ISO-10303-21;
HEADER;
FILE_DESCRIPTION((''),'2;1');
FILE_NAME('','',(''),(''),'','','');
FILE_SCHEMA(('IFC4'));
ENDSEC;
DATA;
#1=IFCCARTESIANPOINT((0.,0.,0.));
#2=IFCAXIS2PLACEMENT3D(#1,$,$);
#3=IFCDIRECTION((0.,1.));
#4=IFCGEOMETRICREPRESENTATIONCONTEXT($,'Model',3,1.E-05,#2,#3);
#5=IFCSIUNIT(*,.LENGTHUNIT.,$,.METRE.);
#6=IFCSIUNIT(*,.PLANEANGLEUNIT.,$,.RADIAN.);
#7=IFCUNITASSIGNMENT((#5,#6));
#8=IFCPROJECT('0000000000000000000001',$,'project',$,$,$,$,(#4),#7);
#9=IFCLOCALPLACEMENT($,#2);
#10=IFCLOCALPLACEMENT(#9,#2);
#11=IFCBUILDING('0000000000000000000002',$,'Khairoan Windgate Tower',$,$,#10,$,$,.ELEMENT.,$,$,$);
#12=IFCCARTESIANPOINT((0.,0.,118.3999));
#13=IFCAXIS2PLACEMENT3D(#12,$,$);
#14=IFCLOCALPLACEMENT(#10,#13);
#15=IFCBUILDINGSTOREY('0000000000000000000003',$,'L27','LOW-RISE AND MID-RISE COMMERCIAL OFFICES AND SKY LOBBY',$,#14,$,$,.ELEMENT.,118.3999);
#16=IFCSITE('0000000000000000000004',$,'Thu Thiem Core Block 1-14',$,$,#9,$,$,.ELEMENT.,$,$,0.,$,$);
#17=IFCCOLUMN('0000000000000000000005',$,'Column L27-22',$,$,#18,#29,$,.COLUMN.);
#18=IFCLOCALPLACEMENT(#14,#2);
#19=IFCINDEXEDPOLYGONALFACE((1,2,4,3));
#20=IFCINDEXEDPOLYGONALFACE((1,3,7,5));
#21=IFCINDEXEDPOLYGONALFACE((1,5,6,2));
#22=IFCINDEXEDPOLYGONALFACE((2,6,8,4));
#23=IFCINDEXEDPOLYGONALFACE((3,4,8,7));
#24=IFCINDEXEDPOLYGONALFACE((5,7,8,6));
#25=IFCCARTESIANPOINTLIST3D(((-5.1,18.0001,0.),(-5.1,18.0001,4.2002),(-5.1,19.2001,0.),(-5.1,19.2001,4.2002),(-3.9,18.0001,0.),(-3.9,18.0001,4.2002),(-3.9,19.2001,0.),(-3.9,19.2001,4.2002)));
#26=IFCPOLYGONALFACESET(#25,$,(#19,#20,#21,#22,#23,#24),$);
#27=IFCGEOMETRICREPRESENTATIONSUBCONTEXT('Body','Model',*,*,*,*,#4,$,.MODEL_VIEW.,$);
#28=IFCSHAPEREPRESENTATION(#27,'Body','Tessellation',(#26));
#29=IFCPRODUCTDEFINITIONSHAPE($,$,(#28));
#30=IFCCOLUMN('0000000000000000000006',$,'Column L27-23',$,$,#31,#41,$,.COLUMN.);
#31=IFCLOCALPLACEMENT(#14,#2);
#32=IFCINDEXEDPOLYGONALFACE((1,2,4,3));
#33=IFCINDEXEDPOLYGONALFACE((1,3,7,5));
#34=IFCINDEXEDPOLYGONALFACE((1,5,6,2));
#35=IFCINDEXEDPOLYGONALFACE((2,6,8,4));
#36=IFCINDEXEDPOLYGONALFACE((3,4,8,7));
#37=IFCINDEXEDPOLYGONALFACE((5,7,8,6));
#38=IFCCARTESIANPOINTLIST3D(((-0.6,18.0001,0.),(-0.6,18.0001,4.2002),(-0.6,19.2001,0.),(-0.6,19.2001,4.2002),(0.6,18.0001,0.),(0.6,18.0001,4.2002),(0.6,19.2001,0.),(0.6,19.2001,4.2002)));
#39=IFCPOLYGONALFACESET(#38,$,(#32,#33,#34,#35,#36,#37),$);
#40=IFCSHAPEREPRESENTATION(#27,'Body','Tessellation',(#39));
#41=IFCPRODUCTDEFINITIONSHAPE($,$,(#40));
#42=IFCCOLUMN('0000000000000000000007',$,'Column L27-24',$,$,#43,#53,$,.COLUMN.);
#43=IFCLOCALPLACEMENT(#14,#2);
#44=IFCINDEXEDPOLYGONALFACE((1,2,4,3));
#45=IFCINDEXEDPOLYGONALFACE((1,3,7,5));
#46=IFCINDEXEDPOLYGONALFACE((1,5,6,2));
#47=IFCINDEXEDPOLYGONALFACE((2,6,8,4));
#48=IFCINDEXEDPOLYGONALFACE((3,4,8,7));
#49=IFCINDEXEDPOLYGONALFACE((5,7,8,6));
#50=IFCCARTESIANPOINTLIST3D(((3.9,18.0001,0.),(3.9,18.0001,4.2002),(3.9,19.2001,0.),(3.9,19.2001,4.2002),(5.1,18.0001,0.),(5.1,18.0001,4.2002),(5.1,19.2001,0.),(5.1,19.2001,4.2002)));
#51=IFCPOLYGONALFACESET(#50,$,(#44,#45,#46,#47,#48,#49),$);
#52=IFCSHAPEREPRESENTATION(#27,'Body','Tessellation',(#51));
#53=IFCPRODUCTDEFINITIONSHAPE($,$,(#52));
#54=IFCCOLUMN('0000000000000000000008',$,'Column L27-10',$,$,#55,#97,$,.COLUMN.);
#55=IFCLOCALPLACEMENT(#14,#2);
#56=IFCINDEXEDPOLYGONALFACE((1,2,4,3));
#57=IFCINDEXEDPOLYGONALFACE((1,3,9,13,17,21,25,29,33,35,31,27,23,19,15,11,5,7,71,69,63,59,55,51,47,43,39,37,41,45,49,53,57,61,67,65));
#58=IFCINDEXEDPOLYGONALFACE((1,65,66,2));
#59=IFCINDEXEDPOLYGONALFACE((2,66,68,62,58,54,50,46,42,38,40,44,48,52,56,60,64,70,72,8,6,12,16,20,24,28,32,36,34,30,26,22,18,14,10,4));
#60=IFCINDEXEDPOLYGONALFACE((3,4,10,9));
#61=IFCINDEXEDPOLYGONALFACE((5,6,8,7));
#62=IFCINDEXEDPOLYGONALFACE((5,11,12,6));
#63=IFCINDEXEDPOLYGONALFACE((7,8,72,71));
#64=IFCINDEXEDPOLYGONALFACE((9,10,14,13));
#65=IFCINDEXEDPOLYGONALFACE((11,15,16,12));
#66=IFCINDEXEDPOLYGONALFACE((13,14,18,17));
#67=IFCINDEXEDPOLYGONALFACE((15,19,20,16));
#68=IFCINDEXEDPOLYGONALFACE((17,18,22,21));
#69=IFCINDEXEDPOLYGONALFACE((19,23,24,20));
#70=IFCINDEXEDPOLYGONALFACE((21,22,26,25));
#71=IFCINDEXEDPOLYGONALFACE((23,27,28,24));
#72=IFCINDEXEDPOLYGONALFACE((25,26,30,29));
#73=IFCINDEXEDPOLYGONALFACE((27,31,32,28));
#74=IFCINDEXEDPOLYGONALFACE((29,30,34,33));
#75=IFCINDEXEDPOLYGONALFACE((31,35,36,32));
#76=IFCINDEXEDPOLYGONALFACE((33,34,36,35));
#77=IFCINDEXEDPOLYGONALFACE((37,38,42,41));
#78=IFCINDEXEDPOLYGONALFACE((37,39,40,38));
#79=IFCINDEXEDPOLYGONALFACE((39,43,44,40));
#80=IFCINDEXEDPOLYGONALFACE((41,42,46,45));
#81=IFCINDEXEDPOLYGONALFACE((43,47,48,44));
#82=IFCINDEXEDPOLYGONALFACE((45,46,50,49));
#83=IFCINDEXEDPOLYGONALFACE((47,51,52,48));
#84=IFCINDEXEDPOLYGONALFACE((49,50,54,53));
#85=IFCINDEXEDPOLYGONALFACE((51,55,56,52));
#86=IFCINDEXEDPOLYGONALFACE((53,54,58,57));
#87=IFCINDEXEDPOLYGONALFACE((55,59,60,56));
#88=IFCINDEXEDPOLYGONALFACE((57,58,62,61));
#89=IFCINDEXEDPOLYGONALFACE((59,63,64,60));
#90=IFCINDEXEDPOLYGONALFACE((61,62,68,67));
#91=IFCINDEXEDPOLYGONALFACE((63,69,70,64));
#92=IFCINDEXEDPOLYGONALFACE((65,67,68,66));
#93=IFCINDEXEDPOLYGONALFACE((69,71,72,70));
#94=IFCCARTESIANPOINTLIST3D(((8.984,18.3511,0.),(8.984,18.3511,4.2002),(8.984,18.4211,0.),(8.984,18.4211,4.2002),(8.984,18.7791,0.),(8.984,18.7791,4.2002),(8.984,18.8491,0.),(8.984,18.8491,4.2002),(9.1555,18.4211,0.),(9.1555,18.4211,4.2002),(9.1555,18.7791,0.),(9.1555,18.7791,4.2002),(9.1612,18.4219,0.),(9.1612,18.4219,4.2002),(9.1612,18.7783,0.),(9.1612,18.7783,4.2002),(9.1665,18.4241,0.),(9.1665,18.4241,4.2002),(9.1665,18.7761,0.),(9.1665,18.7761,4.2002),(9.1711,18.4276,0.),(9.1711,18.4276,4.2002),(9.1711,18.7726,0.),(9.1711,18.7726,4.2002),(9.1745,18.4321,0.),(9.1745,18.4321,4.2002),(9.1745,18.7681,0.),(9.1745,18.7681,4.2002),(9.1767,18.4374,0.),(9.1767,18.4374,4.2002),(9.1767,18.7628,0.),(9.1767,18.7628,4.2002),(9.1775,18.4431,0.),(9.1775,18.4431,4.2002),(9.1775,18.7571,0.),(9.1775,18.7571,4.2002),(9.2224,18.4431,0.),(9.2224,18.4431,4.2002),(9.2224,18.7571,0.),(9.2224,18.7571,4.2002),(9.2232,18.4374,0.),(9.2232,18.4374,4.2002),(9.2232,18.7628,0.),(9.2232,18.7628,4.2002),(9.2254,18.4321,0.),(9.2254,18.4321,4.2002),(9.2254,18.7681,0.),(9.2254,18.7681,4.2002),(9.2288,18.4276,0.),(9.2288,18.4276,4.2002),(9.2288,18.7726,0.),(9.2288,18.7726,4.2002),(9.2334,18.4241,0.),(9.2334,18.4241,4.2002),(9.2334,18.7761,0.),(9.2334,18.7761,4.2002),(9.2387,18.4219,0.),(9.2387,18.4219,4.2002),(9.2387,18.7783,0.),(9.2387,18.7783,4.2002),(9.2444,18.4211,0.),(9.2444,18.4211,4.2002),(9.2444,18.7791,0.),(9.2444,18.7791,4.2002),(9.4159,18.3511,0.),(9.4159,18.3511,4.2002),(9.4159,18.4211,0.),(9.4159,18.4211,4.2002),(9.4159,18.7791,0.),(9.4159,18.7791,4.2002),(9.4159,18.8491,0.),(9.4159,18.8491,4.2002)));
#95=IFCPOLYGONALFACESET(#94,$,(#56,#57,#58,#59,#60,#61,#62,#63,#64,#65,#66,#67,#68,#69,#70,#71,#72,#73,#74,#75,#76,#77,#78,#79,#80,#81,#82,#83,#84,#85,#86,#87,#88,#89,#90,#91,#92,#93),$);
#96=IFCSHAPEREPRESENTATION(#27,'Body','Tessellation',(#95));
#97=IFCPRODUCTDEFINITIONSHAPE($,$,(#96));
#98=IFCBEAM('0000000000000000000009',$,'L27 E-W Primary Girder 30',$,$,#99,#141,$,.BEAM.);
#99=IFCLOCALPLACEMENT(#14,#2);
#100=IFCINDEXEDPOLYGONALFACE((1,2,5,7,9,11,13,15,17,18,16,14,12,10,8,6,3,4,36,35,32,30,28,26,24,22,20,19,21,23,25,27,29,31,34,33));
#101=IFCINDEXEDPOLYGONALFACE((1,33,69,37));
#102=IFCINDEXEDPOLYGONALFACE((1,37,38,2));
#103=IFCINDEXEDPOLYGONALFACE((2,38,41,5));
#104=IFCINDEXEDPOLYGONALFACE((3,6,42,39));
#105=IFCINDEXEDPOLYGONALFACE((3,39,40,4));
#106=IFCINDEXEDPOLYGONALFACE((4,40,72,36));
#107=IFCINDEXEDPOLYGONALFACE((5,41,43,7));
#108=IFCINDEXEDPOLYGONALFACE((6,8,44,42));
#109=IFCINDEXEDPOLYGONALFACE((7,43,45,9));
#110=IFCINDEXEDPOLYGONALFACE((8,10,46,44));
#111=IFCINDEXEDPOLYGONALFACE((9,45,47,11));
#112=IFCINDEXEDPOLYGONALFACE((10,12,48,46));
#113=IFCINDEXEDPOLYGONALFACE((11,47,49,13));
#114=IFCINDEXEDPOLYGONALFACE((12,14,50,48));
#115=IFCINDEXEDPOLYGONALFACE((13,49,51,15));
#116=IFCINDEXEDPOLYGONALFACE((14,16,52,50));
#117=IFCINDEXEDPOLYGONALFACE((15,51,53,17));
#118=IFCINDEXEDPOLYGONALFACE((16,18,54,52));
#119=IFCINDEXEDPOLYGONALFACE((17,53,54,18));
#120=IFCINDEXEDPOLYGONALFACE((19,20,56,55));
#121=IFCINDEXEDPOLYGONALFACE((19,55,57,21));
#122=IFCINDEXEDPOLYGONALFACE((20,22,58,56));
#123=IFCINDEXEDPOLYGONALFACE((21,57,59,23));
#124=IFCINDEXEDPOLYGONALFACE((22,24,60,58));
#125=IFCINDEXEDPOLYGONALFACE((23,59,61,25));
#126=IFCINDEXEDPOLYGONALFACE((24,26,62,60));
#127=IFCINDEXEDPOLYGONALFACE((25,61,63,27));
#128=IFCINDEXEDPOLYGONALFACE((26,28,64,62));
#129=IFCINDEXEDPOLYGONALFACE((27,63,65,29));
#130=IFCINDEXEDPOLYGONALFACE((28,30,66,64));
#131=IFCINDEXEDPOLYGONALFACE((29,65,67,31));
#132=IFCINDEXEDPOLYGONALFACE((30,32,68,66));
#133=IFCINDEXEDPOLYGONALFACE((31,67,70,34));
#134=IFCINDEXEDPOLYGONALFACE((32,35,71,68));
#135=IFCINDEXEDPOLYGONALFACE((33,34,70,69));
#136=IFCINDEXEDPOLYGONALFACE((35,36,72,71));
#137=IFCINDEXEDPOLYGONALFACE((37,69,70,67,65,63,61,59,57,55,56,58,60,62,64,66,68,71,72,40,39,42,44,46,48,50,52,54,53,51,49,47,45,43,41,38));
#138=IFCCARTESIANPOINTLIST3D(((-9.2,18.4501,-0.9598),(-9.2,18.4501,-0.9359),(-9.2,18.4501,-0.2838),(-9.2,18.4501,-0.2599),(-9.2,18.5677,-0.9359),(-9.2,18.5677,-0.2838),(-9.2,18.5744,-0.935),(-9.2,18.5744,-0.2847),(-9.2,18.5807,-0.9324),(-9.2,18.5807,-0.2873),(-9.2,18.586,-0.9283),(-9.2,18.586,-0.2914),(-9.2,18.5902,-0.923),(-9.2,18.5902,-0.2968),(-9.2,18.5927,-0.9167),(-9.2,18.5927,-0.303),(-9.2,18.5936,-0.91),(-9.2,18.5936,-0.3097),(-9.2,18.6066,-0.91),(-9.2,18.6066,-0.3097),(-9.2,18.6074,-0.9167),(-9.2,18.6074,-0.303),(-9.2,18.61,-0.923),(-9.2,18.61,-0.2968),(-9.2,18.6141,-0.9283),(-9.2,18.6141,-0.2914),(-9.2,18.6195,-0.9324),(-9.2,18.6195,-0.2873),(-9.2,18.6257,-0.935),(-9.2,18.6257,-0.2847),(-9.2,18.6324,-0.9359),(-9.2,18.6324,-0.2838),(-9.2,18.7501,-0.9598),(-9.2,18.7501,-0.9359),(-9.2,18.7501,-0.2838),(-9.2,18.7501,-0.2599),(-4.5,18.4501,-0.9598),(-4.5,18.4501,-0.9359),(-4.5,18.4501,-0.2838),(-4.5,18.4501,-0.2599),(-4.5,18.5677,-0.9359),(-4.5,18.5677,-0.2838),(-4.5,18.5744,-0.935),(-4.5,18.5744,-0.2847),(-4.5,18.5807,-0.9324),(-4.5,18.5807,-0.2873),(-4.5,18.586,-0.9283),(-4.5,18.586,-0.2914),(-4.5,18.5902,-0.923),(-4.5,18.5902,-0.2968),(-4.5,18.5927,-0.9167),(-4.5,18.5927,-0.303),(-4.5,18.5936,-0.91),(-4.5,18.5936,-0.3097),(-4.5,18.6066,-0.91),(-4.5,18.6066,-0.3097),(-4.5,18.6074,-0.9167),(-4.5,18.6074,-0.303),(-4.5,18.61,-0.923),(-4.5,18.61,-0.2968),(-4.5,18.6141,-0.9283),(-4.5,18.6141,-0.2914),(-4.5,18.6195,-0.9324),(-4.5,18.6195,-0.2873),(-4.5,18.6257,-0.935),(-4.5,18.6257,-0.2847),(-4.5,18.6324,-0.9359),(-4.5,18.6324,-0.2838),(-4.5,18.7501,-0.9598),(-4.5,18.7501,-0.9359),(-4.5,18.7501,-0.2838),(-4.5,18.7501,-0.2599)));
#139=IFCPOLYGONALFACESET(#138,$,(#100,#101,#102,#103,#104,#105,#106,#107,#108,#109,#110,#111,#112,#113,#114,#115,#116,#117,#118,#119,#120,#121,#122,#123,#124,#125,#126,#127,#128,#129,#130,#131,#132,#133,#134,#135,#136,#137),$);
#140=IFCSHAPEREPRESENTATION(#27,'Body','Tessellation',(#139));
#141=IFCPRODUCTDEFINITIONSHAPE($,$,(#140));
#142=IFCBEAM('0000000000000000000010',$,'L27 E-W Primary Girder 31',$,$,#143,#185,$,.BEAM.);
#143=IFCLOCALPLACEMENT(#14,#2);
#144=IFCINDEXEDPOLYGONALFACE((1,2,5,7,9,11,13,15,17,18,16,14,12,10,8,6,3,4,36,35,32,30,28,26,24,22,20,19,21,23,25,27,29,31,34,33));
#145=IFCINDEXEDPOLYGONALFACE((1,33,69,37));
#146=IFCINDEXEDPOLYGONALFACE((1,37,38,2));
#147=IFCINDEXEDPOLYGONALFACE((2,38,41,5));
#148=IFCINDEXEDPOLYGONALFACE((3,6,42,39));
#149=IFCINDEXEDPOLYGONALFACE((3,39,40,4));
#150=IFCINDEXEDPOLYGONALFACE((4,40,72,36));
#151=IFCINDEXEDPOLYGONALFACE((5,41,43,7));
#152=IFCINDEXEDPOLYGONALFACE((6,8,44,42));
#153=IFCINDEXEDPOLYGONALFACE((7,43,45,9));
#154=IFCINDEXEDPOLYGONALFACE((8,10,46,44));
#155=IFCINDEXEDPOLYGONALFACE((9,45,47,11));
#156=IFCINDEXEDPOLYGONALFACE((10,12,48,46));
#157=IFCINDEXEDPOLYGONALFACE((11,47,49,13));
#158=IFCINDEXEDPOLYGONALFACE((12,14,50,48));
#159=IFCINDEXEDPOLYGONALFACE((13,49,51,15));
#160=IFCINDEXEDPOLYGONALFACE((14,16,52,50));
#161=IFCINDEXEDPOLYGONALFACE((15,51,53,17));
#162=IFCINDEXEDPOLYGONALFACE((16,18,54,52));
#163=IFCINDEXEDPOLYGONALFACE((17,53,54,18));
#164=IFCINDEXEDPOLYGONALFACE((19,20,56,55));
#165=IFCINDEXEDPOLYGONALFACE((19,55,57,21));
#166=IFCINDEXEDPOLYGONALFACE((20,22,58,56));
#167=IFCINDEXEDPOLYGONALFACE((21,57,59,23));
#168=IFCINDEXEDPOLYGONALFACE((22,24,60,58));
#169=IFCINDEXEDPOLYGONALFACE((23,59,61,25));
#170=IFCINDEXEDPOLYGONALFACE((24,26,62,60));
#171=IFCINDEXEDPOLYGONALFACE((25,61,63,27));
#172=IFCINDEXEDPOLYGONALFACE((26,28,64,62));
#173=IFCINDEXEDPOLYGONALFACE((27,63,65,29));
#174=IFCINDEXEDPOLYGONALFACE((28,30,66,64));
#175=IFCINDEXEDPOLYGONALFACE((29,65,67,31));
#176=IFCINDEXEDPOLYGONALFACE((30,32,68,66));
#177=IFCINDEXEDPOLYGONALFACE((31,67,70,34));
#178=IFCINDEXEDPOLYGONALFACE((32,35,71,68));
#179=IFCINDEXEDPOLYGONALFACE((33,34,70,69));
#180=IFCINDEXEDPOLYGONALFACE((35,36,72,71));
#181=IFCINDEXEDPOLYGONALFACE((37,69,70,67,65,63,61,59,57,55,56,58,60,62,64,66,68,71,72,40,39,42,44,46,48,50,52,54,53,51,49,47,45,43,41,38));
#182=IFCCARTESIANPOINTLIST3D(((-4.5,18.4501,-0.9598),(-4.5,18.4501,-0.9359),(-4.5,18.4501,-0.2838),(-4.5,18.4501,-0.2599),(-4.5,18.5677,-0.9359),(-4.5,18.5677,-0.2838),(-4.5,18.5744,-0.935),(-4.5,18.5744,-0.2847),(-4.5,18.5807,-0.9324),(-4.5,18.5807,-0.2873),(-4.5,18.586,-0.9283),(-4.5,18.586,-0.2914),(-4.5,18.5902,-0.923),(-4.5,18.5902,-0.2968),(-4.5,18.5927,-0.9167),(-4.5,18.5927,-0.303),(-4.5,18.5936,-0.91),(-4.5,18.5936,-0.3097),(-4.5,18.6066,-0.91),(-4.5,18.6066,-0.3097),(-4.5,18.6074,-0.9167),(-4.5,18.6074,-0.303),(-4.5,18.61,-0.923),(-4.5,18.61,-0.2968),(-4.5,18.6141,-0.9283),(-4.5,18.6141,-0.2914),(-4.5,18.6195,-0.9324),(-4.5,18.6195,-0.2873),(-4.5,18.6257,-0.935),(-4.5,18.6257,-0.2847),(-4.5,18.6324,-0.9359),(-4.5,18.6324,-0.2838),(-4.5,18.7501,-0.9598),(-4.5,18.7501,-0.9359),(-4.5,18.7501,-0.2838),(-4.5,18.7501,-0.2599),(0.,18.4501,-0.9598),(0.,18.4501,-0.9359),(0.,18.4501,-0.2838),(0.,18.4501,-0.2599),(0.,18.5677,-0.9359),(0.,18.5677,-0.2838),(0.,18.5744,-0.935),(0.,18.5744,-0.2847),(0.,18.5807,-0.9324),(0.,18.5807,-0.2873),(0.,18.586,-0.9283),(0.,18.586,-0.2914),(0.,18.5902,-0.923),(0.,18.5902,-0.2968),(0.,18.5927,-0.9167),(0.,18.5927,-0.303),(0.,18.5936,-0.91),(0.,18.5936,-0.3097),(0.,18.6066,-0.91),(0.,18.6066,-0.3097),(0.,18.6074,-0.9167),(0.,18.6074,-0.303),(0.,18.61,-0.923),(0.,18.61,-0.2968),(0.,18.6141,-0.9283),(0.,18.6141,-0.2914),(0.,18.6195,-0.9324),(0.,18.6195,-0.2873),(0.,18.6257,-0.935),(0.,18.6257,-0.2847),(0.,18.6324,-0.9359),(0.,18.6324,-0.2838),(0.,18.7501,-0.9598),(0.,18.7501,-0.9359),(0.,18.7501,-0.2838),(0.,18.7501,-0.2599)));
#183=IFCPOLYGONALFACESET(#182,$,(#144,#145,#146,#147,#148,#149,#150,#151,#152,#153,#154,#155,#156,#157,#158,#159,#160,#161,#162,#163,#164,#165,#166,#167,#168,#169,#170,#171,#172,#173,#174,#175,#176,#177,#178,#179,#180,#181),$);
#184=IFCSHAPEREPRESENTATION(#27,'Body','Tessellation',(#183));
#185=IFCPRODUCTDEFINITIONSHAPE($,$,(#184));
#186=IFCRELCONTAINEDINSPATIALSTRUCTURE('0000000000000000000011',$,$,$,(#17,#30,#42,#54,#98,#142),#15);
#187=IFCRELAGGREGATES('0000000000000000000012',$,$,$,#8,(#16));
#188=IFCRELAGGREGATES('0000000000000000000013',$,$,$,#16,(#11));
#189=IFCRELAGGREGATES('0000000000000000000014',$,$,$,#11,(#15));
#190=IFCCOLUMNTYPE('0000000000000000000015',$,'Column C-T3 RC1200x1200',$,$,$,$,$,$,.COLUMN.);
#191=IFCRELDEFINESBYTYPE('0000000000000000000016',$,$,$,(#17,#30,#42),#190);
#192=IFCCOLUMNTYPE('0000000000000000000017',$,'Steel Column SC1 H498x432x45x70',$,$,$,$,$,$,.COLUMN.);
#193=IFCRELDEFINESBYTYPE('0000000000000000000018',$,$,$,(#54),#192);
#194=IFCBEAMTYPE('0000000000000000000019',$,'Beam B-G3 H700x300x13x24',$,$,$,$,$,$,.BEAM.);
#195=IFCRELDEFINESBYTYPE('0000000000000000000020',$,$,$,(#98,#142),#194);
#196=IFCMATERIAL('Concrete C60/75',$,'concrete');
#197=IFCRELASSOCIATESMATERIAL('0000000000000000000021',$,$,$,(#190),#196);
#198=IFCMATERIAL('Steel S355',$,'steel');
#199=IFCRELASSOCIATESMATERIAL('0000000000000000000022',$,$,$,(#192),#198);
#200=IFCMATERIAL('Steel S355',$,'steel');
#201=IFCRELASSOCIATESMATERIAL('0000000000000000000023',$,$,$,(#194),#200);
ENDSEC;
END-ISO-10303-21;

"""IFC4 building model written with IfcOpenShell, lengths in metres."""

from ifc_helpers import new_model, si_unit, direction, frame, origin, origin_2d, place, context, subcontext, project, spatial, rectangle, i_section, extrude, material, material_profile, profile_set, type_object, element, save


model = new_model("IFC4")

# Units and contexts
model_context = context("Model", 3, precision=1e-05, world=origin(), true_north=direction((0.0, 1.0)))
body_context = subcontext(model_context, "Body", "Model", "MODEL_VIEW")
ifc_project = project(units=[si_unit("LENGTHUNIT", "METRE"), si_unit("PLANEANGLEUNIT", "RADIAN")], contexts=[model_context])

# Site, building, storey
site_placement = place(None, origin())
site = spatial("IfcSite", under=ifc_project, at=site_placement, Name="Thu Thiem Core Block 1-14", CompositionType="ELEMENT", RefElevation=0.0)
building_placement = place(site_placement, origin())
building = spatial("IfcBuilding", under=site, at=building_placement, Name="Khairoan Windgate Tower", CompositionType="ELEMENT")
storey_placement = place(building_placement, frame((0.0, 0.0, 118.3999)))
storey = spatial("IfcBuildingStorey", under=building, at=storey_placement, Name="L27", Description="LOW-RISE AND MID-RISE COMMERCIAL OFFICES AND SKY LOBBY", CompositionType="ELEMENT", Elevation=118.3999)

# Columns
ifc_material_1 = material(Name="Concrete C60/75", Category="concrete")
ifc_material_profile_1 = material_profile(ifc_material_1, rectangle(XDim=1.2, YDim=1.2, at=origin_2d()))
ifc_profile_set_1 = profile_set([ifc_material_profile_1], Name="Concrete C60/75")
column_type_1 = type_object("IfcColumnType", Name="Column C-T3 RC1200x1200", PredefinedType="COLUMN", material=ifc_profile_set_1)
for number, where, z_axis, x_axis, name in (
    (1, (-4.5, 18.6001, 0.0), (0.0, 0.0, 1.0), (1.0, 0.0, 0.0), "Column L27-22"),
    (2, (0.0, 18.6001, 0.0), (0.0, 0.0, 1.0), (1.0, 0.0, 0.0), "Column L27-23"),
    (3, (4.5, 18.6001, 0.0), (0.0, 0.0, 1.0), (1.0, 0.0, 0.0), "Column L27-24"),
):
    element("IfcColumn", number, at=place(storey_placement, frame(where, z_axis=z_axis, x_axis=x_axis)), inside=storey, type_object=column_type_1, Name=name, PredefinedType="COLUMN", context=body_context, shape_type="SweptSolid", body=[
        extrude(rectangle(XDim=1.2, YDim=1.2, at=origin_2d()), origin(), (0.0, 0.0, 1.0), 4.2002),
    ])
ifc_material_2 = material(Name="Steel S355", Category="steel")
ifc_material_profile_2 = material_profile(ifc_material_2, i_section(OverallWidth=0.4319, OverallDepth=0.498, WebThickness=0.0449, FlangeThickness=0.0701, FilletRadius=0.022, at=origin_2d()))
ifc_profile_set_2 = profile_set([ifc_material_profile_2], Name="Steel S355")
column_type_2 = type_object("IfcColumnType", Name="Steel Column SC1 H498x432x45x70", PredefinedType="COLUMN", material=ifc_profile_set_2)
column_placement = place(storey_placement, frame((9.2, 18.6001, 0.0), z_axis=(0.0, 0.0, 1.0), x_axis=(1.0, 0.0, 0.0)))
element("IfcColumn", 4, at=column_placement, inside=storey, type_object=column_type_2, Name="Column L27-10", PredefinedType="COLUMN", context=body_context, shape_type="SweptSolid", body=[
    extrude(i_section(OverallWidth=0.4319, OverallDepth=0.498, WebThickness=0.0449, FlangeThickness=0.0701, FilletRadius=0.022, at=origin_2d()), origin(), (0.0, 0.0, 1.0), 4.2002),
])

# Beams
ifc_material_3 = material(Name="Steel S355", Category="steel")
ifc_material_profile_3 = material_profile(ifc_material_3, i_section(OverallWidth=0.3, OverallDepth=0.7, WebThickness=0.0129, FlangeThickness=0.0239, FilletRadius=0.0259, at=origin_2d()))
ifc_profile_set_3 = profile_set([ifc_material_profile_3], Name="Steel S355")
beam_type_1 = type_object("IfcBeamType", Name="Beam B-G3 H700x300x13x24", PredefinedType="BEAM", material=ifc_profile_set_3)
beam_1_placement = place(storey_placement, frame((-9.2, 18.6001, -0.6099), z_axis=(1.0, 0.0, 0.0), x_axis=(0.0, 1.0, 0.0)))
element("IfcBeam", 5, at=beam_1_placement, inside=storey, type_object=beam_type_1, Name="L27 E-W Primary Girder 30", PredefinedType="BEAM", context=body_context, shape_type="SweptSolid", body=[
    extrude(i_section(OverallWidth=0.3, OverallDepth=0.7, WebThickness=0.0129, FlangeThickness=0.0239, FilletRadius=0.0259, at=origin_2d()), origin(), (0.0, 0.0, 1.0), 4.7),
])
for number, where, z_axis, x_axis, name in (
    (6, (-4.5, 18.6001, -0.6099), (1.0, 0.0, 0.0), (0.0, 1.0, 0.0), "L27 E-W Primary Girder 31"),
):
    element("IfcBeam", number, at=place(storey_placement, frame(where, z_axis=z_axis, x_axis=x_axis)), inside=storey, type_object=beam_type_1, Name=name, PredefinedType="BEAM", context=body_context, shape_type="SweptSolid", body=[
        extrude(i_section(OverallWidth=0.3, OverallDepth=0.7, WebThickness=0.0129, FlangeThickness=0.0239, FilletRadius=0.0259, at=origin_2d()), origin(), (0.0, 0.0, 1.0), 4.5),
    ])

save(model, "model.ifc")
